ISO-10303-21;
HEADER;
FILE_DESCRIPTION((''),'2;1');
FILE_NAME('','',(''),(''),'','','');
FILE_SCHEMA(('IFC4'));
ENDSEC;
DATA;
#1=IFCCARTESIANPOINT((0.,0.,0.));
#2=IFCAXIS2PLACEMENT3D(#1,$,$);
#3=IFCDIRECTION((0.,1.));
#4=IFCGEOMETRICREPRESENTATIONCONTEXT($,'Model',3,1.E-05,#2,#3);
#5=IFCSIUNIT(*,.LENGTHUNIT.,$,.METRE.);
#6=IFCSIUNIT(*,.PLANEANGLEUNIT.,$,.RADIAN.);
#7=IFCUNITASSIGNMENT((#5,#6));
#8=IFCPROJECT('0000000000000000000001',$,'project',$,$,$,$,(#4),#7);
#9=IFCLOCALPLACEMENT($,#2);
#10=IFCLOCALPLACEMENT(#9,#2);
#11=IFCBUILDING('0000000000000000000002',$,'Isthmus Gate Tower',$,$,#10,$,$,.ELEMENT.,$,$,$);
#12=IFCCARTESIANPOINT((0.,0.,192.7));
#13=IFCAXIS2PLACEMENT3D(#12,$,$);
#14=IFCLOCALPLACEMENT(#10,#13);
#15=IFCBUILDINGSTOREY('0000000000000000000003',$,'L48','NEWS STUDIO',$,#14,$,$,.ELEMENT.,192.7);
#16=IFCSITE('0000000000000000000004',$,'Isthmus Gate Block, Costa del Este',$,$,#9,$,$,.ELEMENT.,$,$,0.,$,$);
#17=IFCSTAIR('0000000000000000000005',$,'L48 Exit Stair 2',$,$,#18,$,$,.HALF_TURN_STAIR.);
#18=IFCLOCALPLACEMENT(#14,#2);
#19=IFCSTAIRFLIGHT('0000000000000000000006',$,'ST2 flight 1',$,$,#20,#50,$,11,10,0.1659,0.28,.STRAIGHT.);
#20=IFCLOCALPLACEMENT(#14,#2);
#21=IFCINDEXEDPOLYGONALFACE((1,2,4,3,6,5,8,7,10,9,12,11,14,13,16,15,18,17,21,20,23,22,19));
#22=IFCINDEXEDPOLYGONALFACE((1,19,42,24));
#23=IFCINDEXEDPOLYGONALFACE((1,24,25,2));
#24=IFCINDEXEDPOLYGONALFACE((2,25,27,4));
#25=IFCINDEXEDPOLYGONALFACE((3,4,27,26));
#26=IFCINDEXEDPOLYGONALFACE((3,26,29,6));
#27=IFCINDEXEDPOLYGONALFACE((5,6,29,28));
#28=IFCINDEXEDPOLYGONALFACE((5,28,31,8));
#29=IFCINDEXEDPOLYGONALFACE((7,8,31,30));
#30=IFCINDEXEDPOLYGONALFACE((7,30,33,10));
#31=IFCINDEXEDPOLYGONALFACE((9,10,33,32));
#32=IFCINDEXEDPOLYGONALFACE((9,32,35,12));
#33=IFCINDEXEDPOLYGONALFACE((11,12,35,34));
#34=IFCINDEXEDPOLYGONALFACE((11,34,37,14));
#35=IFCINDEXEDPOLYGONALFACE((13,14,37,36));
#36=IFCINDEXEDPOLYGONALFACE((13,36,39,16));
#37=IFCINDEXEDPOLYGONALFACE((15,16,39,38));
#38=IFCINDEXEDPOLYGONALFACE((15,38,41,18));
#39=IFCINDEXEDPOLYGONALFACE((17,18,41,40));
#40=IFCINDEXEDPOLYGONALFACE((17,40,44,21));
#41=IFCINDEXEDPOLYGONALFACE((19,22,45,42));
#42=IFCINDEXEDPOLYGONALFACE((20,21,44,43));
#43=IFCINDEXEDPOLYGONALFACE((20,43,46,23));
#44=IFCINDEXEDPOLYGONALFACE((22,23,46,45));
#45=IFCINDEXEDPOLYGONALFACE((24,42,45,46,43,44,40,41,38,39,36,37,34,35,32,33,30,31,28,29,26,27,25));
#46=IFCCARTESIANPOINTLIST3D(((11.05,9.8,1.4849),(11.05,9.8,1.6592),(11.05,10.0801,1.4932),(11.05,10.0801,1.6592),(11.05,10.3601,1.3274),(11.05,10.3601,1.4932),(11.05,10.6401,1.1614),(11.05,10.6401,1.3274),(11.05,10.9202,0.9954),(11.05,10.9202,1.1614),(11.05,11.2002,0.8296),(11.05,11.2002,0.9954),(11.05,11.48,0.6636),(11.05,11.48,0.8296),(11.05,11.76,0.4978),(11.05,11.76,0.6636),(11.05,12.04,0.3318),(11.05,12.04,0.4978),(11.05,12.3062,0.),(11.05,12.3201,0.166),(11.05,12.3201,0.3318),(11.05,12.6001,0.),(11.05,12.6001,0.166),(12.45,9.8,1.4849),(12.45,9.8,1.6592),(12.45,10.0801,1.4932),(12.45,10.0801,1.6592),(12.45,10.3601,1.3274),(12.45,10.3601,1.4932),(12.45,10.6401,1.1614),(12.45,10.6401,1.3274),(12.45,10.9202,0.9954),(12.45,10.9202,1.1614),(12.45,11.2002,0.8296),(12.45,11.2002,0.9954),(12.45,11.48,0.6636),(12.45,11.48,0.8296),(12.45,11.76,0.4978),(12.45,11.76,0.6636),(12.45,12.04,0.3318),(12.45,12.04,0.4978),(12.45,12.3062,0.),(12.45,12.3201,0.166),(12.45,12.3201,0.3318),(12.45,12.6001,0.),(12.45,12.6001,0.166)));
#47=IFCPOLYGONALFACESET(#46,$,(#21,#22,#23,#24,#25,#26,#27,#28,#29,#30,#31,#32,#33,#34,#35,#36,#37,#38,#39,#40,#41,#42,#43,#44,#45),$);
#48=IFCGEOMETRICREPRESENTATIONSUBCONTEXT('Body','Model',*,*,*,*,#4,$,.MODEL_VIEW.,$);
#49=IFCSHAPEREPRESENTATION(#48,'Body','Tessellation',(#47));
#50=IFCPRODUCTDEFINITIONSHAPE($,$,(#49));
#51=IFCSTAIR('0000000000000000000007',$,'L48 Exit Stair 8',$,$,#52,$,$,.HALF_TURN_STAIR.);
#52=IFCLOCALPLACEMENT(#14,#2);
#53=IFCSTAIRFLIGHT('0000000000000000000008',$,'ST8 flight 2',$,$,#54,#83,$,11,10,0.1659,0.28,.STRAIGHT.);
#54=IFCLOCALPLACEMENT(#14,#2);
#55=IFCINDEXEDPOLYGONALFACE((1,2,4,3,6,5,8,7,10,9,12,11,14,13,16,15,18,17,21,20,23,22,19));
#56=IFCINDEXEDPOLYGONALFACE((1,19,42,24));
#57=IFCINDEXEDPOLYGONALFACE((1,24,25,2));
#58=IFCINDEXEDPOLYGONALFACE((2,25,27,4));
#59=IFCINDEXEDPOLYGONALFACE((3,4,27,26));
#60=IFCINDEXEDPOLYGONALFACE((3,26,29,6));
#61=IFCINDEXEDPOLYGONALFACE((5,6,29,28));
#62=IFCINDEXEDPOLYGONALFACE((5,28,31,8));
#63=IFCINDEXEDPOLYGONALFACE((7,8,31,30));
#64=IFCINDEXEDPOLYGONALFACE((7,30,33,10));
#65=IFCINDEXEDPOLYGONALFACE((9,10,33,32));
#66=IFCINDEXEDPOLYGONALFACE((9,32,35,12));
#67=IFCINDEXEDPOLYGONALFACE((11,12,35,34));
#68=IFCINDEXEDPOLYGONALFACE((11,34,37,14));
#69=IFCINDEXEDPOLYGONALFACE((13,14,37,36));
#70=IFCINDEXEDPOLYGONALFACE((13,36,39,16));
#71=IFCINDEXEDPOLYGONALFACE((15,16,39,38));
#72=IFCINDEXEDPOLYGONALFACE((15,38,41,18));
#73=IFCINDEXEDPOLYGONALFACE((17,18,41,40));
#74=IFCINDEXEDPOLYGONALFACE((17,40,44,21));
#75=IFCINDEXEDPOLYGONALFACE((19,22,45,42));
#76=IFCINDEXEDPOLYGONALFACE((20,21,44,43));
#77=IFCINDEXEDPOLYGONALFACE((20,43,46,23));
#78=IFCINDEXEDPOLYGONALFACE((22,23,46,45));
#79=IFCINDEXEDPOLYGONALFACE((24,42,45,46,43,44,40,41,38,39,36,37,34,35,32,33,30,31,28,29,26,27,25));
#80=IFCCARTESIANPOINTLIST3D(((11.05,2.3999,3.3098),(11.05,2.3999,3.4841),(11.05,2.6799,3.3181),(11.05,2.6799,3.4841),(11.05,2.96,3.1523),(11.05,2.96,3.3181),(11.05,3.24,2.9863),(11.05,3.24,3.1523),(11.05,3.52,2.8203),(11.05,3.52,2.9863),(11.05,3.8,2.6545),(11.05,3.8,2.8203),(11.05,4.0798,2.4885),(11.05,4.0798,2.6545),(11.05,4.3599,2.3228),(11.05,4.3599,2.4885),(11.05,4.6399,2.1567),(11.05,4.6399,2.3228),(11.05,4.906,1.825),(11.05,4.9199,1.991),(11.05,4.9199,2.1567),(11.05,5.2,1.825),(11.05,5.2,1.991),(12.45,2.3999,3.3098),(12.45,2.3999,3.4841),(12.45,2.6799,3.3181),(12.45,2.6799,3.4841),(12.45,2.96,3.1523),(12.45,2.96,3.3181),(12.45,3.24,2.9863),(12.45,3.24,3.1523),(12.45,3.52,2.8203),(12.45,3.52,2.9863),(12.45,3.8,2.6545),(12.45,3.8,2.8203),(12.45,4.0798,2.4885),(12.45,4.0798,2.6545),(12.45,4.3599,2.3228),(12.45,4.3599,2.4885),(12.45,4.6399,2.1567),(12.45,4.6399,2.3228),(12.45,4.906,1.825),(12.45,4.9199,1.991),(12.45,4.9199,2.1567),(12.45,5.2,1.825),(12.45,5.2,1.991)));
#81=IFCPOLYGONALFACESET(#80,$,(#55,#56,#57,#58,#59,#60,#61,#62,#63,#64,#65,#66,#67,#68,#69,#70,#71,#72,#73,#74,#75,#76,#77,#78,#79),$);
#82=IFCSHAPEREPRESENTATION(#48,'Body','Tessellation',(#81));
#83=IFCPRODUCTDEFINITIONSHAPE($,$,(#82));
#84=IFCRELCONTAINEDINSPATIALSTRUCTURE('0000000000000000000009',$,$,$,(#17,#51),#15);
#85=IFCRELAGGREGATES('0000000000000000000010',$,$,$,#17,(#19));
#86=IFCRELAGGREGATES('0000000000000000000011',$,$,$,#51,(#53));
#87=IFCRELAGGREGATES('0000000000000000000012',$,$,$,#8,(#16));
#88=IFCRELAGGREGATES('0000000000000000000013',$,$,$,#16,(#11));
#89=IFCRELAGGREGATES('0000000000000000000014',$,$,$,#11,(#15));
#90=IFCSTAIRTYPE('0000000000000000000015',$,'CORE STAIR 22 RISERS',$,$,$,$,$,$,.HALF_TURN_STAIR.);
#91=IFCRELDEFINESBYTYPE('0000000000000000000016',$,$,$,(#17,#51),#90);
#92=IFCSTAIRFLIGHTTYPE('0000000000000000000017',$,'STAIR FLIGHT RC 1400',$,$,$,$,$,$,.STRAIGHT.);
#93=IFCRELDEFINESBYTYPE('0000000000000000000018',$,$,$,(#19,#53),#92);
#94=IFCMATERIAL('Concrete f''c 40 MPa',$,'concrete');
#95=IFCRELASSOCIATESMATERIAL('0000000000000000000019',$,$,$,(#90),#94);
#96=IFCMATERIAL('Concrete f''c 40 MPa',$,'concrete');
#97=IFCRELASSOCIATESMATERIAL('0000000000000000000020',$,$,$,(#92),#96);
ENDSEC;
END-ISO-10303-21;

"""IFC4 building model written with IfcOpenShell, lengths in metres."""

from ifc_helpers import new_model, si_unit, direction, frame, origin, place, context, subcontext, project, spatial, polyline, outline, extrude, material, type_object, element, aggregate, save


model = new_model("IFC4")

# Units and contexts
model_context = context("Model", 3, precision=1e-05, world=origin(), true_north=direction((0.0, 1.0)))
body_context = subcontext(model_context, "Body", "Model", "MODEL_VIEW")
ifc_project = project(units=[si_unit("LENGTHUNIT", "METRE"), si_unit("PLANEANGLEUNIT", "RADIAN")], contexts=[model_context])

# Site, building, storey
site_placement = place(None, origin())
site = spatial("IfcSite", under=ifc_project, at=site_placement, Name="Isthmus Gate Block, Costa del Este", CompositionType="ELEMENT", RefElevation=0.0)
building_placement = place(site_placement, origin())
building = spatial("IfcBuilding", under=site, at=building_placement, Name="Isthmus Gate Tower", CompositionType="ELEMENT")
storey_placement = place(building_placement, frame((0.0, 0.0, 192.7)))
storey = spatial("IfcBuildingStorey", under=building, at=storey_placement, Name="L48", Description="NEWS STUDIO", CompositionType="ELEMENT", Elevation=192.7)

# Stairs, stair flights
ifc_material_1 = material(Name="Concrete f'c 40 MPa", Category="concrete")
stair_type = type_object("IfcStairType", Name="CORE STAIR 22 RISERS", PredefinedType="HALF_TURN_STAIR", material=ifc_material_1)
stair_1_placement = place(storey_placement, origin())
stair_1 = element("IfcStair", 1, at=stair_1_placement, inside=storey, type_object=stair_type, Name="L48 Exit Stair 2", PredefinedType="HALF_TURN_STAIR")
ifc_material_2 = material(Name="Concrete f'c 40 MPa", Category="concrete")
stair_flight_type = type_object("IfcStairFlightType", Name="STAIR FLIGHT RC 1400", PredefinedType="STRAIGHT", material=ifc_material_2)
stair_flight_1_placement = place(storey_placement, frame((11.75, 12.6001, 0.0), z_axis=(0.0, 0.0, 1.0), x_axis=(0.0, -1.0, 0.0)))
stair_flight_1 = element("IfcStairFlight", 2, at=stair_flight_1_placement, type_object=stair_flight_type, Name="ST2 flight 1", NumberOfRisers=11, NumberOfTreads=10, PredefinedType="STRAIGHT", RiserHeight=0.1659, TreadLength=0.28, context=body_context, shape_type="SweptSolid", body=[
    extrude(outline(polyline([(0.0, 0.0), (0.0, 0.166), (0.28, 0.166), (0.28, 0.3318), (0.5601, 0.3318), (0.5601, 0.4978), (0.8401, 0.4978), (0.8401, 0.6636), (1.1201, 0.6636), (1.1201, 0.8296), (1.3999, 0.8296), (1.3999, 0.9954), (1.6799, 0.9954), (1.6799, 1.1614), (1.96, 1.1614), (1.96, 1.3274), (2.24, 1.3274), (2.24, 1.4932), (2.52, 1.4932), (2.52, 1.6592), (2.8, 1.6592), (2.8, 1.825), (2.8, 1.4849), (0.2939, 0.0), (0.0, 0.0)])), frame((0.0, 0.7, 0.0), z_axis=(0.0, -1.0, 0.0), x_axis=(1.0, 0.0, 0.0)), (0.0, 0.0, 1.0), 1.3999),
])
aggregate(stair_1, [stair_flight_1])
stair_2_placement = place(storey_placement, origin())
stair_2 = element("IfcStair", 3, at=stair_2_placement, inside=storey, type_object=stair_type, Name="L48 Exit Stair 8", PredefinedType="HALF_TURN_STAIR")
stair_flight_2_placement = place(storey_placement, frame((11.75, 5.2, 1.825), z_axis=(0.0, 0.0, 1.0), x_axis=(0.0, -1.0, 0.0)))
stair_flight_2 = element("IfcStairFlight", 4, at=stair_flight_2_placement, type_object=stair_flight_type, Name="ST8 flight 2", NumberOfRisers=11, NumberOfTreads=10, PredefinedType="STRAIGHT", RiserHeight=0.1659, TreadLength=0.28, context=body_context, shape_type="SweptSolid", body=[
    extrude(outline(polyline([(0.0, 0.0), (0.0, 0.166), (0.28, 0.166), (0.28, 0.3318), (0.5601, 0.3318), (0.5601, 0.4978), (0.8401, 0.4978), (0.8401, 0.6636), (1.1201, 0.6636), (1.1201, 0.8296), (1.3999, 0.8296), (1.3999, 0.9954), (1.6799, 0.9954), (1.6799, 1.1614), (1.96, 1.1614), (1.96, 1.3274), (2.24, 1.3274), (2.24, 1.4932), (2.52, 1.4932), (2.52, 1.6592), (2.8, 1.6592), (2.8, 1.825), (2.8, 1.4849), (0.2939, 0.0), (0.0, 0.0)])), frame((0.0, 0.7, 0.0), z_axis=(0.0, -1.0, 0.0), x_axis=(1.0, 0.0, 0.0)), (0.0, 0.0, 1.0), 1.3999),
])
aggregate(stair_2, [stair_flight_2])

save(model, "model.ifc")
